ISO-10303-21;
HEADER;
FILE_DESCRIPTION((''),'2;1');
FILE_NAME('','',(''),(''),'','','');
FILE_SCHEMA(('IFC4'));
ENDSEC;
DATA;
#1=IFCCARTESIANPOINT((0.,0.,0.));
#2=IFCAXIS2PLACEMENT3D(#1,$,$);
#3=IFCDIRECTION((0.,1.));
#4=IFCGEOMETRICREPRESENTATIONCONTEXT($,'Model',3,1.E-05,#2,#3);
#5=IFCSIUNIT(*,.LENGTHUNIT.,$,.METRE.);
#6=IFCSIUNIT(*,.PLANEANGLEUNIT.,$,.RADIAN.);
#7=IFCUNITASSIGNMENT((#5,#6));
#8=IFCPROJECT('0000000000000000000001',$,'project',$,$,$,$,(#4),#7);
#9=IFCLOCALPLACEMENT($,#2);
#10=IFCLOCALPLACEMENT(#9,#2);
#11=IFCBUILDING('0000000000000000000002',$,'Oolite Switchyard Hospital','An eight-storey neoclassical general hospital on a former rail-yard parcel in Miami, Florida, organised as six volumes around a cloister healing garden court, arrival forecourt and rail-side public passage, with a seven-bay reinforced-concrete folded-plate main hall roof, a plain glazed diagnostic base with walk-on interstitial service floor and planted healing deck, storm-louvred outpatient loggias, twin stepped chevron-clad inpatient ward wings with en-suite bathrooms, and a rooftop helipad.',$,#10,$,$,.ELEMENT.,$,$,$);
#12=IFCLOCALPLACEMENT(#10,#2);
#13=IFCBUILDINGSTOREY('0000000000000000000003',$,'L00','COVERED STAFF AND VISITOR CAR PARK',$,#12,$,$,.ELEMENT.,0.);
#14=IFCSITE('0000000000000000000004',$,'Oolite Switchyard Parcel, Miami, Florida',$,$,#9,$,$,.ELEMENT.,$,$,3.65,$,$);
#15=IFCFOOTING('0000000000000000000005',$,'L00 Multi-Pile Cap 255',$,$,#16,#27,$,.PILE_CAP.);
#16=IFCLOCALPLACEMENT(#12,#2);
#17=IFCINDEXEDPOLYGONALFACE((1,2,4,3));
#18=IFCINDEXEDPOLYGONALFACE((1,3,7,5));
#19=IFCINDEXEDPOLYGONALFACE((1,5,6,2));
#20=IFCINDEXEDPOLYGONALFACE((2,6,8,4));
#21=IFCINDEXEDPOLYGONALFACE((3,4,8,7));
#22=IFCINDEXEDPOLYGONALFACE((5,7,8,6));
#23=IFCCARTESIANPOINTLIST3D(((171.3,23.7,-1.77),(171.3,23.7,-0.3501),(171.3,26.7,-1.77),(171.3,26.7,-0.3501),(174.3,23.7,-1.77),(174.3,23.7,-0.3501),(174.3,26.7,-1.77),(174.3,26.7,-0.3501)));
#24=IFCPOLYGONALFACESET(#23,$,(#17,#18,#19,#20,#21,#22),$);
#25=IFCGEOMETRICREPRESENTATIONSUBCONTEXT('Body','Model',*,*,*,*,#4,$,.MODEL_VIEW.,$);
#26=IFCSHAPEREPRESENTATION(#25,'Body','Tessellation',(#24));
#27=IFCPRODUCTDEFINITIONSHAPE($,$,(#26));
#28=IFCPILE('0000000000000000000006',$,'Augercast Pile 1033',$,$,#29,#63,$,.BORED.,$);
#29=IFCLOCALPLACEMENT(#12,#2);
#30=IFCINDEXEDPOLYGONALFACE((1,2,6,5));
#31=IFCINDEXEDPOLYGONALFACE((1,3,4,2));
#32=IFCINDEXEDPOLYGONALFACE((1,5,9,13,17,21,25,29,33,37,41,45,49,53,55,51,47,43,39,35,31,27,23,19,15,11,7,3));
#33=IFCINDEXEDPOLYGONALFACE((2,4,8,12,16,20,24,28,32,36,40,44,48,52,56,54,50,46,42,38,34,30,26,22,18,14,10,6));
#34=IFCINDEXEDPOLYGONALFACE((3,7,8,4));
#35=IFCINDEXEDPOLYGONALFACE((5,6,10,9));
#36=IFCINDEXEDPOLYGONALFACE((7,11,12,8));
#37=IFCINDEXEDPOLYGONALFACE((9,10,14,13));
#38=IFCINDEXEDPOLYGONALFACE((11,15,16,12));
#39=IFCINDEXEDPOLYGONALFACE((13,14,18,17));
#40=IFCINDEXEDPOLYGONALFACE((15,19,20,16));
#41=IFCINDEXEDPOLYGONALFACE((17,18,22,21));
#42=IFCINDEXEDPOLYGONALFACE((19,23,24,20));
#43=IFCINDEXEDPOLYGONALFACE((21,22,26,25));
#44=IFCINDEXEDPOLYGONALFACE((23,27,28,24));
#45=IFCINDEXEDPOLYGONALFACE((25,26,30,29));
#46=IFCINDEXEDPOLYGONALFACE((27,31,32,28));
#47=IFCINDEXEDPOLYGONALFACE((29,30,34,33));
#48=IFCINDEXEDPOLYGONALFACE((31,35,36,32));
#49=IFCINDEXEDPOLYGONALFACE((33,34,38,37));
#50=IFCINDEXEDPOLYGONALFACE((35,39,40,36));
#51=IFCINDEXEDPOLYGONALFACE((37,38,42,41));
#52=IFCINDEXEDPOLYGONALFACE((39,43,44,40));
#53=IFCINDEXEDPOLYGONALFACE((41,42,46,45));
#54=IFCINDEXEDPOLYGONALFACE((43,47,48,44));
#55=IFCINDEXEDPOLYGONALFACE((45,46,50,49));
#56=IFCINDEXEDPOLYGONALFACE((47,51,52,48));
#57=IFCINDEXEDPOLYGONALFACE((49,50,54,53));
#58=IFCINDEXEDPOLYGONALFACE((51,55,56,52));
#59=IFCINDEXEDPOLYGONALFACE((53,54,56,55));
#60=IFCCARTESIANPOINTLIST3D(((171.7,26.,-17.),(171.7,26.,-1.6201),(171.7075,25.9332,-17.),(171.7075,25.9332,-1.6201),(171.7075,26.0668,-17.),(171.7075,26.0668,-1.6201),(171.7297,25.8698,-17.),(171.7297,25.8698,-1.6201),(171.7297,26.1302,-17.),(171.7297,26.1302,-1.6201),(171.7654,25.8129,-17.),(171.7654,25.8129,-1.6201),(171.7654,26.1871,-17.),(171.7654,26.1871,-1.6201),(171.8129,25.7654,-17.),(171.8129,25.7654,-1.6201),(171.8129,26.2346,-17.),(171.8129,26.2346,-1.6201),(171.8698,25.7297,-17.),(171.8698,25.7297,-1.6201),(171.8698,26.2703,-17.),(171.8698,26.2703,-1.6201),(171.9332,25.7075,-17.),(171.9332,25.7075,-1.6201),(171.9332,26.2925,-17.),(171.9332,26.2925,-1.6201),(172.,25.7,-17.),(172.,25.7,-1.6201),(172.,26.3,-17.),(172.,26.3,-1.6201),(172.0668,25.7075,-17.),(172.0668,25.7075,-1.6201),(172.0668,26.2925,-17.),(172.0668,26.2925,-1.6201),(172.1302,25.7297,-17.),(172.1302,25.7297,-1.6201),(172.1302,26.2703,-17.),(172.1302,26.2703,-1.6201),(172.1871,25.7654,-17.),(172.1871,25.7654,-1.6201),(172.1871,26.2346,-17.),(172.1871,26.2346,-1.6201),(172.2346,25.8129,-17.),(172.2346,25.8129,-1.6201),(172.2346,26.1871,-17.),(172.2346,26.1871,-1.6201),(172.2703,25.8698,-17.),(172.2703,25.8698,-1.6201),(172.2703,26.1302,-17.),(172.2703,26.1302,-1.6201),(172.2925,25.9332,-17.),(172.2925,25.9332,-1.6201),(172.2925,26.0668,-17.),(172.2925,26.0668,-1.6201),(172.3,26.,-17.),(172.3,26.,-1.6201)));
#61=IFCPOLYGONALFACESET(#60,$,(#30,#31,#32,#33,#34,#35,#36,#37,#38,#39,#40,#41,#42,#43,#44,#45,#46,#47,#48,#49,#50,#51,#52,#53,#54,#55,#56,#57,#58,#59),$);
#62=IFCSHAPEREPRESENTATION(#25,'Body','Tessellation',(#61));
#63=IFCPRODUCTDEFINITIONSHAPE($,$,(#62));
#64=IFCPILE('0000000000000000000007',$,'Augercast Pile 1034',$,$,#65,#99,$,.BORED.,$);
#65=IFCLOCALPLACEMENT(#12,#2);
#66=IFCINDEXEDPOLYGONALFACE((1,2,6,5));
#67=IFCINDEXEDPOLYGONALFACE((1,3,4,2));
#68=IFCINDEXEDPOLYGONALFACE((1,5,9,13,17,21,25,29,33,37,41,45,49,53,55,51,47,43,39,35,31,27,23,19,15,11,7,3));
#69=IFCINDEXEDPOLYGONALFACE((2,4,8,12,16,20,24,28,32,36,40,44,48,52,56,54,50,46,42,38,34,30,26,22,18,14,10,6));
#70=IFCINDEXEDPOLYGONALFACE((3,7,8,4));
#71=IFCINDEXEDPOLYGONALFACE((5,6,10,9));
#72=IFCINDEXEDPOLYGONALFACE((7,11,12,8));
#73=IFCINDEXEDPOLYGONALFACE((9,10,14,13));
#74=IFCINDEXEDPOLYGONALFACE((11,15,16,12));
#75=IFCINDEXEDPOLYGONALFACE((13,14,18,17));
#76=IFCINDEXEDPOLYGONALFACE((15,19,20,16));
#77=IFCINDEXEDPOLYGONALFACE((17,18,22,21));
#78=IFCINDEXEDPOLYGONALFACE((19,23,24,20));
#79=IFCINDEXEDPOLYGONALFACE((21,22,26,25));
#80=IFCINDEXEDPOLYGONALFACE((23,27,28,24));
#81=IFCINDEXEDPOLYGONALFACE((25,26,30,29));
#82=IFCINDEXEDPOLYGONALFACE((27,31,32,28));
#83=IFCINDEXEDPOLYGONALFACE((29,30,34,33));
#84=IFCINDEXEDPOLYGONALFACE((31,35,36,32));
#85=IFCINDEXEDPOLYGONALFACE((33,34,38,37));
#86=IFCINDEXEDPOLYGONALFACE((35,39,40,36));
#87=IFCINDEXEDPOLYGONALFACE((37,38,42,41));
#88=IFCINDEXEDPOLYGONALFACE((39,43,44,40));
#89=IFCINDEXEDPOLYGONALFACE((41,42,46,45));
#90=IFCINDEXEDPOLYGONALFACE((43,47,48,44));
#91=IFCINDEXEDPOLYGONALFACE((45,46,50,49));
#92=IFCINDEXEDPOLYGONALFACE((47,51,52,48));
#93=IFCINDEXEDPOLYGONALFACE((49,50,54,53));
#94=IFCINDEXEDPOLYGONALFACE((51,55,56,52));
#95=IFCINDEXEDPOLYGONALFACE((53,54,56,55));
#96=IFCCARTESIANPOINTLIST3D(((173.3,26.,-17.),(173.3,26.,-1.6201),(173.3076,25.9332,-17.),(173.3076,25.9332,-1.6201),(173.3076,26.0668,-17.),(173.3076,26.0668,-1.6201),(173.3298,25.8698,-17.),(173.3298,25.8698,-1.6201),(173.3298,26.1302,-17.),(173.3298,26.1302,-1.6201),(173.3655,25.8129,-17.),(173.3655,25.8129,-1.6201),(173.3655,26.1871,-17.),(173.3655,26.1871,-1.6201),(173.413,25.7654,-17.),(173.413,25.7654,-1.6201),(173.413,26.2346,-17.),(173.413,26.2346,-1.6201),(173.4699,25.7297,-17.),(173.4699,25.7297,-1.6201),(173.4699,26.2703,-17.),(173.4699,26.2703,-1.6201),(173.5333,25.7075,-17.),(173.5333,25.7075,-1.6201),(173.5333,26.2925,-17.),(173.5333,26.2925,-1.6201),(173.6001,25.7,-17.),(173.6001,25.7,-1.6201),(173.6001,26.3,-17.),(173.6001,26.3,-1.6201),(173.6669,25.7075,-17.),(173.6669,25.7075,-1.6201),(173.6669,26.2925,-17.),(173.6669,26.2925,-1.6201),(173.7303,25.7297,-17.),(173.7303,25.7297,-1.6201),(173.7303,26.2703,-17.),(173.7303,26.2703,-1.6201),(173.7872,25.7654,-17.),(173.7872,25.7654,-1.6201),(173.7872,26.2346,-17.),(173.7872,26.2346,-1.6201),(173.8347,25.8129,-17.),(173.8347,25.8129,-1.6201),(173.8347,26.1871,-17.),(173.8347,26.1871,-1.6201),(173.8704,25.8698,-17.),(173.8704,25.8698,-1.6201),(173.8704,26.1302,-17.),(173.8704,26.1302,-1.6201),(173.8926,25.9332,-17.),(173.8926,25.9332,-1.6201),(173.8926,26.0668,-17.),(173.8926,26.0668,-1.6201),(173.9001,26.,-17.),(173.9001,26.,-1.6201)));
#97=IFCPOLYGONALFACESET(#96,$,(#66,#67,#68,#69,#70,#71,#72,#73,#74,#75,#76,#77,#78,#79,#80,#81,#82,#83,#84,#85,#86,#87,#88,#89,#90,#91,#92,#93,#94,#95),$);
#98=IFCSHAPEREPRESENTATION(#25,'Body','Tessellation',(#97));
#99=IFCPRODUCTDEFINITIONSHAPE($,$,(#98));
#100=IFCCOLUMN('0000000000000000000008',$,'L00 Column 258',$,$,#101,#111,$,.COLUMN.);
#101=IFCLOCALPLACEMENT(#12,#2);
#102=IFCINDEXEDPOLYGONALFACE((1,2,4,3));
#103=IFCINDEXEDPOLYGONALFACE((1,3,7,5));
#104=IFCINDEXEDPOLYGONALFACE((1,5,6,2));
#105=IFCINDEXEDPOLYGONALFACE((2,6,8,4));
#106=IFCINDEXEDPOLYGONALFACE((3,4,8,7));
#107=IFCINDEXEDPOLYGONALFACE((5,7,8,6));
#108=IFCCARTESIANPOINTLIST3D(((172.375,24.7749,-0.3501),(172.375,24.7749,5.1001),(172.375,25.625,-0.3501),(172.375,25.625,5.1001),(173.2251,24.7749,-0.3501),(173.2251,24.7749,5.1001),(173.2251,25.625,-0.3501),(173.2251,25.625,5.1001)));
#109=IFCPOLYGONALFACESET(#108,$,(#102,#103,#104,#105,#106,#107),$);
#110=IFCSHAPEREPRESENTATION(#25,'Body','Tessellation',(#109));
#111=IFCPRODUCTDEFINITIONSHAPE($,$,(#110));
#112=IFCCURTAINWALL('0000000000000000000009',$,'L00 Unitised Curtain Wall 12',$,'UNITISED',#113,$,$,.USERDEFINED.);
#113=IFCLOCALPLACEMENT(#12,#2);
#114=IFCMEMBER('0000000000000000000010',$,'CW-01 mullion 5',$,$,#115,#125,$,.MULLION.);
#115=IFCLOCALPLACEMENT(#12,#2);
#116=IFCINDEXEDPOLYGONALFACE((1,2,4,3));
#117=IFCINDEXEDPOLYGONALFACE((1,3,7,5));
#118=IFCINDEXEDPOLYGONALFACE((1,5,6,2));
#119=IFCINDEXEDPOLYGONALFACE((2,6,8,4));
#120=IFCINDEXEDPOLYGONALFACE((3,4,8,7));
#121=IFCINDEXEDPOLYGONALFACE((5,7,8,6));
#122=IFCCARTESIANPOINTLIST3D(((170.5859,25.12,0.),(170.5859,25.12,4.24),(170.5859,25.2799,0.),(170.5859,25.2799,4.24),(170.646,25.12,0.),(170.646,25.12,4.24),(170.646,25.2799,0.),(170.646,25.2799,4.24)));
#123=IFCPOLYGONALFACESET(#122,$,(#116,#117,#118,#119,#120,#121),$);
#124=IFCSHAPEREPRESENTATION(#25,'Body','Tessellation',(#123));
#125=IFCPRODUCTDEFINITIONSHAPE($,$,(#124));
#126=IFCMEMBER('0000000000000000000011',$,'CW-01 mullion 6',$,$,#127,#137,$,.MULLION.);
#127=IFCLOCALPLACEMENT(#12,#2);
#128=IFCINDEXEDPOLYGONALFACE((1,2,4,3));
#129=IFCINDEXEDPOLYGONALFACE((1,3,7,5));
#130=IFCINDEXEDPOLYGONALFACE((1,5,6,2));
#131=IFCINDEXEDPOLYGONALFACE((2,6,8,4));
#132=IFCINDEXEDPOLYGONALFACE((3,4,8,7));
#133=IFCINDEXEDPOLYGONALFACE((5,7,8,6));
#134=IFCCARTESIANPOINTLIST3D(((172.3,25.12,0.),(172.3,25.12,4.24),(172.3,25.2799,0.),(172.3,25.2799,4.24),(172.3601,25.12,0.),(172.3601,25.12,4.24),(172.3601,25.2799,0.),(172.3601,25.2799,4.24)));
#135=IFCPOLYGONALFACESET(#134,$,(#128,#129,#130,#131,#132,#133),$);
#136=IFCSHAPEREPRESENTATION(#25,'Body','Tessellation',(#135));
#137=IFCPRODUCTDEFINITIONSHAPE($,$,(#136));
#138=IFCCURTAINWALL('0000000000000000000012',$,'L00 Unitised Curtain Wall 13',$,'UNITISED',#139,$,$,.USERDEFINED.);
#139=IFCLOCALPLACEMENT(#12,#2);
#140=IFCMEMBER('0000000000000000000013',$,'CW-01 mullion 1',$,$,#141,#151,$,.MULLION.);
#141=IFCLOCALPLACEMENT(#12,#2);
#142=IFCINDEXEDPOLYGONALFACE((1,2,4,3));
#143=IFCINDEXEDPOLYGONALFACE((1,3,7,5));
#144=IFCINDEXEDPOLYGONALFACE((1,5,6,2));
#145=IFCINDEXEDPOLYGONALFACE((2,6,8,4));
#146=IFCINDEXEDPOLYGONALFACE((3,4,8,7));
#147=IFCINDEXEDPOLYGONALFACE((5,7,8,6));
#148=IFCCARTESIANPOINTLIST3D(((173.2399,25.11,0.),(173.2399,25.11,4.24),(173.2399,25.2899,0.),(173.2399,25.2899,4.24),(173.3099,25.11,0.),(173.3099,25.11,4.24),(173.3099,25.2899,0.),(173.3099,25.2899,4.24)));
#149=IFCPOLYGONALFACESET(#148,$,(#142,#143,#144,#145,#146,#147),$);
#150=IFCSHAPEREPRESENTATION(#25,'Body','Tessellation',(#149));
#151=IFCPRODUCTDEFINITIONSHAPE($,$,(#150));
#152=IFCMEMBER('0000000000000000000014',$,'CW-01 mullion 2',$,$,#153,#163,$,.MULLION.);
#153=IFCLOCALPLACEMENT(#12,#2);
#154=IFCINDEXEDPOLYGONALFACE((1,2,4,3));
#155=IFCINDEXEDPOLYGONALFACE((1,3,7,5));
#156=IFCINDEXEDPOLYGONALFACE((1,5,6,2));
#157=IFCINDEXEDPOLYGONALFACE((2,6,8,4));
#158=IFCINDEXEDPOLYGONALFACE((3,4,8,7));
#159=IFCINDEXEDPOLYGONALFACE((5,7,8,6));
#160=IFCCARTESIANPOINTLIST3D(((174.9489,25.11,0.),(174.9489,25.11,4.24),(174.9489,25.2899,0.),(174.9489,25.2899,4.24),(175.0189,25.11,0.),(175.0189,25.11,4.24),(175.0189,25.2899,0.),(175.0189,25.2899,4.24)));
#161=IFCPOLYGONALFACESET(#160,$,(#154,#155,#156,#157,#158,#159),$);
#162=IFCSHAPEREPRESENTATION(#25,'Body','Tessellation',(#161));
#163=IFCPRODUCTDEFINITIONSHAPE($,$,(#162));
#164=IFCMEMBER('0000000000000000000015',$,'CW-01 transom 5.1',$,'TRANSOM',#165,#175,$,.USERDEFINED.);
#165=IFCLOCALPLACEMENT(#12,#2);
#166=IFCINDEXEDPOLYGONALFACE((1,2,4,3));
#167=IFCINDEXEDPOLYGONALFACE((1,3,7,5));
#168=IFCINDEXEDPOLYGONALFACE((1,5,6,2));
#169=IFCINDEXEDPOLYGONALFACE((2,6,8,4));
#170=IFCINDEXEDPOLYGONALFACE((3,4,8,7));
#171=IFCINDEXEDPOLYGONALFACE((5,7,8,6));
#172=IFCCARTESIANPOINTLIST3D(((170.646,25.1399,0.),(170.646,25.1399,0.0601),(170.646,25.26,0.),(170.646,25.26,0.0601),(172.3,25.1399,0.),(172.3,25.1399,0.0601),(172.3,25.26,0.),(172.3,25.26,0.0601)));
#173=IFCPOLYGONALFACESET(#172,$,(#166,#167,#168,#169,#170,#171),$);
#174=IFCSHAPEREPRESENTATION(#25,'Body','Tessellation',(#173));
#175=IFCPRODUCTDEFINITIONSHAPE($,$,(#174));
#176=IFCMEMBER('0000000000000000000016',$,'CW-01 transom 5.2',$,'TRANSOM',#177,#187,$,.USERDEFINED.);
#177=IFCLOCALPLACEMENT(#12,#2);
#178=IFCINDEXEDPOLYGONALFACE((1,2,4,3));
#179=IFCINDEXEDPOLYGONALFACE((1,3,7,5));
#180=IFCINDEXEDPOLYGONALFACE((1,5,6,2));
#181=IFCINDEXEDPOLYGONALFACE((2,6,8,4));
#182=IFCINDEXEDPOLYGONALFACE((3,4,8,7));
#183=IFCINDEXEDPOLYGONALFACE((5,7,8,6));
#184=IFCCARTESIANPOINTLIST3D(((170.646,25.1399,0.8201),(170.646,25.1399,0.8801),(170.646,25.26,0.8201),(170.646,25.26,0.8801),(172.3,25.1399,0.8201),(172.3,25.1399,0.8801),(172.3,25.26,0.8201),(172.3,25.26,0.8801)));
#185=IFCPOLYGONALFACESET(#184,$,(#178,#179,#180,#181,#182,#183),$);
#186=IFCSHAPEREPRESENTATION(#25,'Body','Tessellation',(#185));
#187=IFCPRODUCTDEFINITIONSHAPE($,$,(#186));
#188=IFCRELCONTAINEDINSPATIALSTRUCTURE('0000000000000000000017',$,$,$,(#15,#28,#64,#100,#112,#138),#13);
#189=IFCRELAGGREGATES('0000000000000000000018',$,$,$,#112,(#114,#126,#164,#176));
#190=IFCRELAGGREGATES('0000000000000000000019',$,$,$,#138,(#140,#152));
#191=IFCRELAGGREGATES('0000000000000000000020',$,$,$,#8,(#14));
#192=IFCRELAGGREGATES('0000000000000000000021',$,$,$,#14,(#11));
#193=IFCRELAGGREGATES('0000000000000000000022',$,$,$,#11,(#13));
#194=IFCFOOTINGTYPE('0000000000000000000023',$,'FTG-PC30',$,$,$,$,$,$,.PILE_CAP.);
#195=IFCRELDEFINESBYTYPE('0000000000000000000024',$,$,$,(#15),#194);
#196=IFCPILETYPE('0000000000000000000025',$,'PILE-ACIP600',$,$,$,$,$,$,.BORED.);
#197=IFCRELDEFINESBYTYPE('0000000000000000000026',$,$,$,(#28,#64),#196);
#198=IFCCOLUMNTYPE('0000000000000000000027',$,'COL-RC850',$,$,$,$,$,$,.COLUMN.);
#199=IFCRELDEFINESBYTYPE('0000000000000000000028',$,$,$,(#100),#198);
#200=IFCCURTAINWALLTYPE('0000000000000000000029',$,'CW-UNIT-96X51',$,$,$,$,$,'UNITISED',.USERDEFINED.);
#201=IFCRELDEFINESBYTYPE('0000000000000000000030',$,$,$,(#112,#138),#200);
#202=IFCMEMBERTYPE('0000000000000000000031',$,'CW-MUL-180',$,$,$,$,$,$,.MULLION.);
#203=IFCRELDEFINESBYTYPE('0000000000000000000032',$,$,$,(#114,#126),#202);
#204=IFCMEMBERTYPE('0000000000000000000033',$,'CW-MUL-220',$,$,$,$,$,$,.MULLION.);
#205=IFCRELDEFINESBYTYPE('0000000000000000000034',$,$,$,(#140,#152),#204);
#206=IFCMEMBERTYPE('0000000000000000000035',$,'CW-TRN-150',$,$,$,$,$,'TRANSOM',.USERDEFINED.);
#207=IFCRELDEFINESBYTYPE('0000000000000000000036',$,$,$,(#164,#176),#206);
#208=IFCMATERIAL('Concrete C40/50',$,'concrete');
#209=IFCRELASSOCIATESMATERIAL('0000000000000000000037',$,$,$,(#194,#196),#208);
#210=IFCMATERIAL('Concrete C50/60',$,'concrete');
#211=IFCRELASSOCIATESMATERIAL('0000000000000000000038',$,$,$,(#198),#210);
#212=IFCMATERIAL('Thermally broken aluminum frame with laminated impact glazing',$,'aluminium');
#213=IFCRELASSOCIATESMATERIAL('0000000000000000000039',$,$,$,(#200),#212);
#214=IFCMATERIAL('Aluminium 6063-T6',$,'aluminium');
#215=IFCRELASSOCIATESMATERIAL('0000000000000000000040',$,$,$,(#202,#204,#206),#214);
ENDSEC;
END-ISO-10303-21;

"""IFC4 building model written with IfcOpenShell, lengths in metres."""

from ifc_helpers import new_model, si_unit, direction, frame, origin, origin_2d, place, context, subcontext, project, spatial, rectangle, circle, extrude, material, material_profile, profile_set, type_object, element, aggregate, save


model = new_model("IFC4")

# Units and contexts
model_context = context("Model", 3, precision=1e-05, world=origin(), true_north=direction((0.0, 1.0)))
body_context = subcontext(model_context, "Body", "Model", "MODEL_VIEW")
ifc_project = project(units=[si_unit("LENGTHUNIT", "METRE"), si_unit("PLANEANGLEUNIT", "RADIAN")], contexts=[model_context])

# Site, building, storey
site_placement = place(None, origin())
site = spatial("IfcSite", under=ifc_project, at=site_placement, Name="Oolite Switchyard Parcel, Miami, Florida", CompositionType="ELEMENT", RefElevation=3.65)
building_placement = place(site_placement, origin())
building = spatial("IfcBuilding", under=site, at=building_placement, Name="Oolite Switchyard Hospital", Description="An eight-storey neoclassical general hospital on a former rail-yard parcel in Miami, Florida, organised as six volumes around a cloister healing garden court, arrival forecourt and rail-side public passage, with a seven-bay reinforced-concrete folded-plate main hall roof, a plain glazed diagnostic base with walk-on interstitial service floor and planted healing deck, storm-louvred outpatient loggias, twin stepped chevron-clad inpatient ward wings with en-suite bathrooms, and a rooftop helipad.", CompositionType="ELEMENT")
storey_placement = place(building_placement, origin())
storey = spatial("IfcBuildingStorey", under=building, at=storey_placement, Name="L00", Description="COVERED STAFF AND VISITOR CAR PARK", CompositionType="ELEMENT", Elevation=0.0)

# Footing
ifc_material_1 = material(Name="Concrete C40/50", Category="concrete")
footing_type = type_object("IfcFootingType", Name="FTG-PC30", PredefinedType="PILE_CAP", material=ifc_material_1)
footing_placement = place(storey_placement, frame((172.8, 25.2, -1.77), z_axis=(0.0, 0.0, 1.0), x_axis=(1.0, 0.0, 0.0)))
element("IfcFooting", 1, at=footing_placement, inside=storey, type_object=footing_type, Name="L00 Multi-Pile Cap 255", PredefinedType="PILE_CAP", context=body_context, shape_type="SweptSolid", body=[
    extrude(rectangle(XDim=3.0, YDim=3.0, at=origin_2d()), origin(), (0.0, 0.0, 1.0), 1.4199),
])

# Piles
ifc_material_profile_1 = material_profile(ifc_material_1, circle(Radius=0.3, at=origin_2d()), Name="PILE600")
ifc_profile_set_1 = profile_set([ifc_material_profile_1], Name="Concrete C40/50")
pile_type = type_object("IfcPileType", Name="PILE-ACIP600", PredefinedType="BORED", material=ifc_profile_set_1)
for number, where, z_axis, x_axis, name in (
    (2, (172.0, 26.0, -1.6201), (0.0, 0.0, -1.0), (1.0, 0.0, 0.0), "Augercast Pile 1033"),
    (3, (173.6001, 26.0, -1.6201), (0.0, 0.0, -1.0), (1.0, 0.0, 0.0), "Augercast Pile 1034"),
):
    element("IfcPile", number, at=place(storey_placement, frame(where, z_axis=z_axis, x_axis=x_axis)), inside=storey, type_object=pile_type, Name=name, PredefinedType="BORED", context=body_context, shape_type="SweptSolid", body=[
        extrude(circle(Radius=0.3, at=origin_2d()), origin(), (0.0, 0.0, 1.0), 15.3799),
    ])

# Column
ifc_material_2 = material(Name="Concrete C50/60", Category="concrete")
ifc_material_profile_2 = material_profile(ifc_material_2, rectangle(XDim=0.8501, YDim=0.8501, at=origin_2d()), Name="RC850X850")
ifc_profile_set_2 = profile_set([ifc_material_profile_2], Name="Concrete C50/60")
column_type = type_object("IfcColumnType", Name="COL-RC850", PredefinedType="COLUMN", material=ifc_profile_set_2)
column_placement = place(storey_placement, frame((172.8, 25.2, -0.3501), z_axis=(0.0, 0.0, 1.0), x_axis=(1.0, 0.0, 0.0)))
element("IfcColumn", 4, at=column_placement, inside=storey, type_object=column_type, Name="L00 Column 258", PredefinedType="COLUMN", context=body_context, shape_type="SweptSolid", body=[
    extrude(rectangle(XDim=0.8501, YDim=0.8501, at=origin_2d()), origin(), (0.0, 0.0, 1.0), 5.4502),
])

# Curtain walls, members
ifc_material_3 = material(Name="Thermally broken aluminum frame with laminated impact glazing", Category="aluminium")
curtain_wall_type = type_object("IfcCurtainWallType", Name="CW-UNIT-96X51", ElementType="UNITISED", PredefinedType="USERDEFINED", material=ifc_material_3)
curtain_wall_1_placement = place(storey_placement, origin())
curtain_wall_1 = element("IfcCurtainWall", 5, at=curtain_wall_1_placement, inside=storey, type_object=curtain_wall_type, Name="L00 Unitised Curtain Wall 12", ObjectType="UNITISED", PredefinedType="USERDEFINED")
ifc_material_4 = material(Name="Aluminium 6063-T6", Category="aluminium")
ifc_material_profile_3 = material_profile(ifc_material_4, rectangle(XDim=0.1599, YDim=0.0601, at=origin_2d()), Name="CWM60X160")
ifc_profile_set_3 = profile_set([ifc_material_profile_3], Name="Aluminium 6063-T6")
member_type_1 = type_object("IfcMemberType", Name="CW-MUL-180", PredefinedType="MULLION", material=ifc_profile_set_3)
member_1_placement = place(storey_placement, frame((170.616, 25.2, 0.0), z_axis=(0.0, 0.0, 1.0), x_axis=(0.0, 1.0, 0.0)))
member_1 = element("IfcMember", 6, at=member_1_placement, type_object=member_type_1, Name="CW-01 mullion 5", PredefinedType="MULLION", context=body_context, shape_type="SweptSolid", body=[
    extrude(rectangle(XDim=0.1599, YDim=0.0601, at=origin_2d()), origin(), (0.0, 0.0, 1.0), 4.24),
])
member_2_placement = place(storey_placement, frame((172.3301, 25.2, 0.0), z_axis=(0.0, 0.0, 1.0), x_axis=(0.0, 1.0, 0.0)))
member_2 = element("IfcMember", 7, at=member_2_placement, type_object=member_type_1, Name="CW-01 mullion 6", PredefinedType="MULLION", context=body_context, shape_type="SweptSolid", body=[
    extrude(rectangle(XDim=0.1599, YDim=0.0601, at=origin_2d()), origin(), (0.0, 0.0, 1.0), 4.24),
])
curtain_wall_2_placement = place(storey_placement, origin())
curtain_wall_2 = element("IfcCurtainWall", 8, at=curtain_wall_2_placement, inside=storey, type_object=curtain_wall_type, Name="L00 Unitised Curtain Wall 13", ObjectType="UNITISED", PredefinedType="USERDEFINED")
ifc_material_profile_4 = material_profile(ifc_material_4, rectangle(XDim=0.1799, YDim=0.0701, at=origin_2d()), Name="CWM70X180")
ifc_profile_set_4 = profile_set([ifc_material_profile_4], Name="Aluminium 6063-T6")
member_type_2 = type_object("IfcMemberType", Name="CW-MUL-220", PredefinedType="MULLION", material=ifc_profile_set_4)
member_3_placement = place(storey_placement, frame((173.2749, 25.2, 0.0), z_axis=(0.0, 0.0, 1.0), x_axis=(0.0, 1.0, 0.0)))
member_3 = element("IfcMember", 9, at=member_3_placement, type_object=member_type_2, Name="CW-01 mullion 1", PredefinedType="MULLION", context=body_context, shape_type="SweptSolid", body=[
    extrude(rectangle(XDim=0.1799, YDim=0.0701, at=origin_2d()), origin(), (0.0, 0.0, 1.0), 4.24),
])
member_4_placement = place(storey_placement, frame((174.9839, 25.2, 0.0), z_axis=(0.0, 0.0, 1.0), x_axis=(0.0, 1.0, 0.0)))
member_4 = element("IfcMember", 10, at=member_4_placement, type_object=member_type_2, Name="CW-01 mullion 2", PredefinedType="MULLION", context=body_context, shape_type="SweptSolid", body=[
    extrude(rectangle(XDim=0.1799, YDim=0.0701, at=origin_2d()), origin(), (0.0, 0.0, 1.0), 4.24),
])

# Members
ifc_material_profile_5 = material_profile(ifc_material_4, rectangle(XDim=0.1201, YDim=0.0601, at=origin_2d()), Name="CWT60X120")
ifc_profile_set_5 = profile_set([ifc_material_profile_5], Name="Aluminium 6063-T6")
member_type_3 = type_object("IfcMemberType", Name="CW-TRN-150", ElementType="TRANSOM", PredefinedType="USERDEFINED", material=ifc_profile_set_5)
member_5_placement = place(storey_placement, frame((170.646, 25.2, 0.03), z_axis=(1.0, 0.0, 0.0), x_axis=(0.0, 1.0, 0.0)))
member_5 = element("IfcMember", 11, at=member_5_placement, type_object=member_type_3, Name="CW-01 transom 5.1", ObjectType="TRANSOM", PredefinedType="USERDEFINED", context=body_context, shape_type="SweptSolid", body=[
    extrude(rectangle(XDim=0.1201, YDim=0.0601, at=origin_2d()), origin(), (0.0, 0.0, 1.0), 1.6541),
])
member_6_placement = place(storey_placement, frame((170.646, 25.2, 0.8501), z_axis=(1.0, 0.0, 0.0), x_axis=(0.0, 1.0, 0.0)))
member_6 = element("IfcMember", 12, at=member_6_placement, type_object=member_type_3, Name="CW-01 transom 5.2", ObjectType="TRANSOM", PredefinedType="USERDEFINED", context=body_context, shape_type="SweptSolid", body=[
    extrude(rectangle(XDim=0.1201, YDim=0.0601, at=origin_2d()), origin(), (0.0, 0.0, 1.0), 1.6541),
])

aggregate(curtain_wall_1, [member_1, member_2, member_5, member_6])
aggregate(curtain_wall_2, [member_3, member_4])

save(model, "model.ifc")
